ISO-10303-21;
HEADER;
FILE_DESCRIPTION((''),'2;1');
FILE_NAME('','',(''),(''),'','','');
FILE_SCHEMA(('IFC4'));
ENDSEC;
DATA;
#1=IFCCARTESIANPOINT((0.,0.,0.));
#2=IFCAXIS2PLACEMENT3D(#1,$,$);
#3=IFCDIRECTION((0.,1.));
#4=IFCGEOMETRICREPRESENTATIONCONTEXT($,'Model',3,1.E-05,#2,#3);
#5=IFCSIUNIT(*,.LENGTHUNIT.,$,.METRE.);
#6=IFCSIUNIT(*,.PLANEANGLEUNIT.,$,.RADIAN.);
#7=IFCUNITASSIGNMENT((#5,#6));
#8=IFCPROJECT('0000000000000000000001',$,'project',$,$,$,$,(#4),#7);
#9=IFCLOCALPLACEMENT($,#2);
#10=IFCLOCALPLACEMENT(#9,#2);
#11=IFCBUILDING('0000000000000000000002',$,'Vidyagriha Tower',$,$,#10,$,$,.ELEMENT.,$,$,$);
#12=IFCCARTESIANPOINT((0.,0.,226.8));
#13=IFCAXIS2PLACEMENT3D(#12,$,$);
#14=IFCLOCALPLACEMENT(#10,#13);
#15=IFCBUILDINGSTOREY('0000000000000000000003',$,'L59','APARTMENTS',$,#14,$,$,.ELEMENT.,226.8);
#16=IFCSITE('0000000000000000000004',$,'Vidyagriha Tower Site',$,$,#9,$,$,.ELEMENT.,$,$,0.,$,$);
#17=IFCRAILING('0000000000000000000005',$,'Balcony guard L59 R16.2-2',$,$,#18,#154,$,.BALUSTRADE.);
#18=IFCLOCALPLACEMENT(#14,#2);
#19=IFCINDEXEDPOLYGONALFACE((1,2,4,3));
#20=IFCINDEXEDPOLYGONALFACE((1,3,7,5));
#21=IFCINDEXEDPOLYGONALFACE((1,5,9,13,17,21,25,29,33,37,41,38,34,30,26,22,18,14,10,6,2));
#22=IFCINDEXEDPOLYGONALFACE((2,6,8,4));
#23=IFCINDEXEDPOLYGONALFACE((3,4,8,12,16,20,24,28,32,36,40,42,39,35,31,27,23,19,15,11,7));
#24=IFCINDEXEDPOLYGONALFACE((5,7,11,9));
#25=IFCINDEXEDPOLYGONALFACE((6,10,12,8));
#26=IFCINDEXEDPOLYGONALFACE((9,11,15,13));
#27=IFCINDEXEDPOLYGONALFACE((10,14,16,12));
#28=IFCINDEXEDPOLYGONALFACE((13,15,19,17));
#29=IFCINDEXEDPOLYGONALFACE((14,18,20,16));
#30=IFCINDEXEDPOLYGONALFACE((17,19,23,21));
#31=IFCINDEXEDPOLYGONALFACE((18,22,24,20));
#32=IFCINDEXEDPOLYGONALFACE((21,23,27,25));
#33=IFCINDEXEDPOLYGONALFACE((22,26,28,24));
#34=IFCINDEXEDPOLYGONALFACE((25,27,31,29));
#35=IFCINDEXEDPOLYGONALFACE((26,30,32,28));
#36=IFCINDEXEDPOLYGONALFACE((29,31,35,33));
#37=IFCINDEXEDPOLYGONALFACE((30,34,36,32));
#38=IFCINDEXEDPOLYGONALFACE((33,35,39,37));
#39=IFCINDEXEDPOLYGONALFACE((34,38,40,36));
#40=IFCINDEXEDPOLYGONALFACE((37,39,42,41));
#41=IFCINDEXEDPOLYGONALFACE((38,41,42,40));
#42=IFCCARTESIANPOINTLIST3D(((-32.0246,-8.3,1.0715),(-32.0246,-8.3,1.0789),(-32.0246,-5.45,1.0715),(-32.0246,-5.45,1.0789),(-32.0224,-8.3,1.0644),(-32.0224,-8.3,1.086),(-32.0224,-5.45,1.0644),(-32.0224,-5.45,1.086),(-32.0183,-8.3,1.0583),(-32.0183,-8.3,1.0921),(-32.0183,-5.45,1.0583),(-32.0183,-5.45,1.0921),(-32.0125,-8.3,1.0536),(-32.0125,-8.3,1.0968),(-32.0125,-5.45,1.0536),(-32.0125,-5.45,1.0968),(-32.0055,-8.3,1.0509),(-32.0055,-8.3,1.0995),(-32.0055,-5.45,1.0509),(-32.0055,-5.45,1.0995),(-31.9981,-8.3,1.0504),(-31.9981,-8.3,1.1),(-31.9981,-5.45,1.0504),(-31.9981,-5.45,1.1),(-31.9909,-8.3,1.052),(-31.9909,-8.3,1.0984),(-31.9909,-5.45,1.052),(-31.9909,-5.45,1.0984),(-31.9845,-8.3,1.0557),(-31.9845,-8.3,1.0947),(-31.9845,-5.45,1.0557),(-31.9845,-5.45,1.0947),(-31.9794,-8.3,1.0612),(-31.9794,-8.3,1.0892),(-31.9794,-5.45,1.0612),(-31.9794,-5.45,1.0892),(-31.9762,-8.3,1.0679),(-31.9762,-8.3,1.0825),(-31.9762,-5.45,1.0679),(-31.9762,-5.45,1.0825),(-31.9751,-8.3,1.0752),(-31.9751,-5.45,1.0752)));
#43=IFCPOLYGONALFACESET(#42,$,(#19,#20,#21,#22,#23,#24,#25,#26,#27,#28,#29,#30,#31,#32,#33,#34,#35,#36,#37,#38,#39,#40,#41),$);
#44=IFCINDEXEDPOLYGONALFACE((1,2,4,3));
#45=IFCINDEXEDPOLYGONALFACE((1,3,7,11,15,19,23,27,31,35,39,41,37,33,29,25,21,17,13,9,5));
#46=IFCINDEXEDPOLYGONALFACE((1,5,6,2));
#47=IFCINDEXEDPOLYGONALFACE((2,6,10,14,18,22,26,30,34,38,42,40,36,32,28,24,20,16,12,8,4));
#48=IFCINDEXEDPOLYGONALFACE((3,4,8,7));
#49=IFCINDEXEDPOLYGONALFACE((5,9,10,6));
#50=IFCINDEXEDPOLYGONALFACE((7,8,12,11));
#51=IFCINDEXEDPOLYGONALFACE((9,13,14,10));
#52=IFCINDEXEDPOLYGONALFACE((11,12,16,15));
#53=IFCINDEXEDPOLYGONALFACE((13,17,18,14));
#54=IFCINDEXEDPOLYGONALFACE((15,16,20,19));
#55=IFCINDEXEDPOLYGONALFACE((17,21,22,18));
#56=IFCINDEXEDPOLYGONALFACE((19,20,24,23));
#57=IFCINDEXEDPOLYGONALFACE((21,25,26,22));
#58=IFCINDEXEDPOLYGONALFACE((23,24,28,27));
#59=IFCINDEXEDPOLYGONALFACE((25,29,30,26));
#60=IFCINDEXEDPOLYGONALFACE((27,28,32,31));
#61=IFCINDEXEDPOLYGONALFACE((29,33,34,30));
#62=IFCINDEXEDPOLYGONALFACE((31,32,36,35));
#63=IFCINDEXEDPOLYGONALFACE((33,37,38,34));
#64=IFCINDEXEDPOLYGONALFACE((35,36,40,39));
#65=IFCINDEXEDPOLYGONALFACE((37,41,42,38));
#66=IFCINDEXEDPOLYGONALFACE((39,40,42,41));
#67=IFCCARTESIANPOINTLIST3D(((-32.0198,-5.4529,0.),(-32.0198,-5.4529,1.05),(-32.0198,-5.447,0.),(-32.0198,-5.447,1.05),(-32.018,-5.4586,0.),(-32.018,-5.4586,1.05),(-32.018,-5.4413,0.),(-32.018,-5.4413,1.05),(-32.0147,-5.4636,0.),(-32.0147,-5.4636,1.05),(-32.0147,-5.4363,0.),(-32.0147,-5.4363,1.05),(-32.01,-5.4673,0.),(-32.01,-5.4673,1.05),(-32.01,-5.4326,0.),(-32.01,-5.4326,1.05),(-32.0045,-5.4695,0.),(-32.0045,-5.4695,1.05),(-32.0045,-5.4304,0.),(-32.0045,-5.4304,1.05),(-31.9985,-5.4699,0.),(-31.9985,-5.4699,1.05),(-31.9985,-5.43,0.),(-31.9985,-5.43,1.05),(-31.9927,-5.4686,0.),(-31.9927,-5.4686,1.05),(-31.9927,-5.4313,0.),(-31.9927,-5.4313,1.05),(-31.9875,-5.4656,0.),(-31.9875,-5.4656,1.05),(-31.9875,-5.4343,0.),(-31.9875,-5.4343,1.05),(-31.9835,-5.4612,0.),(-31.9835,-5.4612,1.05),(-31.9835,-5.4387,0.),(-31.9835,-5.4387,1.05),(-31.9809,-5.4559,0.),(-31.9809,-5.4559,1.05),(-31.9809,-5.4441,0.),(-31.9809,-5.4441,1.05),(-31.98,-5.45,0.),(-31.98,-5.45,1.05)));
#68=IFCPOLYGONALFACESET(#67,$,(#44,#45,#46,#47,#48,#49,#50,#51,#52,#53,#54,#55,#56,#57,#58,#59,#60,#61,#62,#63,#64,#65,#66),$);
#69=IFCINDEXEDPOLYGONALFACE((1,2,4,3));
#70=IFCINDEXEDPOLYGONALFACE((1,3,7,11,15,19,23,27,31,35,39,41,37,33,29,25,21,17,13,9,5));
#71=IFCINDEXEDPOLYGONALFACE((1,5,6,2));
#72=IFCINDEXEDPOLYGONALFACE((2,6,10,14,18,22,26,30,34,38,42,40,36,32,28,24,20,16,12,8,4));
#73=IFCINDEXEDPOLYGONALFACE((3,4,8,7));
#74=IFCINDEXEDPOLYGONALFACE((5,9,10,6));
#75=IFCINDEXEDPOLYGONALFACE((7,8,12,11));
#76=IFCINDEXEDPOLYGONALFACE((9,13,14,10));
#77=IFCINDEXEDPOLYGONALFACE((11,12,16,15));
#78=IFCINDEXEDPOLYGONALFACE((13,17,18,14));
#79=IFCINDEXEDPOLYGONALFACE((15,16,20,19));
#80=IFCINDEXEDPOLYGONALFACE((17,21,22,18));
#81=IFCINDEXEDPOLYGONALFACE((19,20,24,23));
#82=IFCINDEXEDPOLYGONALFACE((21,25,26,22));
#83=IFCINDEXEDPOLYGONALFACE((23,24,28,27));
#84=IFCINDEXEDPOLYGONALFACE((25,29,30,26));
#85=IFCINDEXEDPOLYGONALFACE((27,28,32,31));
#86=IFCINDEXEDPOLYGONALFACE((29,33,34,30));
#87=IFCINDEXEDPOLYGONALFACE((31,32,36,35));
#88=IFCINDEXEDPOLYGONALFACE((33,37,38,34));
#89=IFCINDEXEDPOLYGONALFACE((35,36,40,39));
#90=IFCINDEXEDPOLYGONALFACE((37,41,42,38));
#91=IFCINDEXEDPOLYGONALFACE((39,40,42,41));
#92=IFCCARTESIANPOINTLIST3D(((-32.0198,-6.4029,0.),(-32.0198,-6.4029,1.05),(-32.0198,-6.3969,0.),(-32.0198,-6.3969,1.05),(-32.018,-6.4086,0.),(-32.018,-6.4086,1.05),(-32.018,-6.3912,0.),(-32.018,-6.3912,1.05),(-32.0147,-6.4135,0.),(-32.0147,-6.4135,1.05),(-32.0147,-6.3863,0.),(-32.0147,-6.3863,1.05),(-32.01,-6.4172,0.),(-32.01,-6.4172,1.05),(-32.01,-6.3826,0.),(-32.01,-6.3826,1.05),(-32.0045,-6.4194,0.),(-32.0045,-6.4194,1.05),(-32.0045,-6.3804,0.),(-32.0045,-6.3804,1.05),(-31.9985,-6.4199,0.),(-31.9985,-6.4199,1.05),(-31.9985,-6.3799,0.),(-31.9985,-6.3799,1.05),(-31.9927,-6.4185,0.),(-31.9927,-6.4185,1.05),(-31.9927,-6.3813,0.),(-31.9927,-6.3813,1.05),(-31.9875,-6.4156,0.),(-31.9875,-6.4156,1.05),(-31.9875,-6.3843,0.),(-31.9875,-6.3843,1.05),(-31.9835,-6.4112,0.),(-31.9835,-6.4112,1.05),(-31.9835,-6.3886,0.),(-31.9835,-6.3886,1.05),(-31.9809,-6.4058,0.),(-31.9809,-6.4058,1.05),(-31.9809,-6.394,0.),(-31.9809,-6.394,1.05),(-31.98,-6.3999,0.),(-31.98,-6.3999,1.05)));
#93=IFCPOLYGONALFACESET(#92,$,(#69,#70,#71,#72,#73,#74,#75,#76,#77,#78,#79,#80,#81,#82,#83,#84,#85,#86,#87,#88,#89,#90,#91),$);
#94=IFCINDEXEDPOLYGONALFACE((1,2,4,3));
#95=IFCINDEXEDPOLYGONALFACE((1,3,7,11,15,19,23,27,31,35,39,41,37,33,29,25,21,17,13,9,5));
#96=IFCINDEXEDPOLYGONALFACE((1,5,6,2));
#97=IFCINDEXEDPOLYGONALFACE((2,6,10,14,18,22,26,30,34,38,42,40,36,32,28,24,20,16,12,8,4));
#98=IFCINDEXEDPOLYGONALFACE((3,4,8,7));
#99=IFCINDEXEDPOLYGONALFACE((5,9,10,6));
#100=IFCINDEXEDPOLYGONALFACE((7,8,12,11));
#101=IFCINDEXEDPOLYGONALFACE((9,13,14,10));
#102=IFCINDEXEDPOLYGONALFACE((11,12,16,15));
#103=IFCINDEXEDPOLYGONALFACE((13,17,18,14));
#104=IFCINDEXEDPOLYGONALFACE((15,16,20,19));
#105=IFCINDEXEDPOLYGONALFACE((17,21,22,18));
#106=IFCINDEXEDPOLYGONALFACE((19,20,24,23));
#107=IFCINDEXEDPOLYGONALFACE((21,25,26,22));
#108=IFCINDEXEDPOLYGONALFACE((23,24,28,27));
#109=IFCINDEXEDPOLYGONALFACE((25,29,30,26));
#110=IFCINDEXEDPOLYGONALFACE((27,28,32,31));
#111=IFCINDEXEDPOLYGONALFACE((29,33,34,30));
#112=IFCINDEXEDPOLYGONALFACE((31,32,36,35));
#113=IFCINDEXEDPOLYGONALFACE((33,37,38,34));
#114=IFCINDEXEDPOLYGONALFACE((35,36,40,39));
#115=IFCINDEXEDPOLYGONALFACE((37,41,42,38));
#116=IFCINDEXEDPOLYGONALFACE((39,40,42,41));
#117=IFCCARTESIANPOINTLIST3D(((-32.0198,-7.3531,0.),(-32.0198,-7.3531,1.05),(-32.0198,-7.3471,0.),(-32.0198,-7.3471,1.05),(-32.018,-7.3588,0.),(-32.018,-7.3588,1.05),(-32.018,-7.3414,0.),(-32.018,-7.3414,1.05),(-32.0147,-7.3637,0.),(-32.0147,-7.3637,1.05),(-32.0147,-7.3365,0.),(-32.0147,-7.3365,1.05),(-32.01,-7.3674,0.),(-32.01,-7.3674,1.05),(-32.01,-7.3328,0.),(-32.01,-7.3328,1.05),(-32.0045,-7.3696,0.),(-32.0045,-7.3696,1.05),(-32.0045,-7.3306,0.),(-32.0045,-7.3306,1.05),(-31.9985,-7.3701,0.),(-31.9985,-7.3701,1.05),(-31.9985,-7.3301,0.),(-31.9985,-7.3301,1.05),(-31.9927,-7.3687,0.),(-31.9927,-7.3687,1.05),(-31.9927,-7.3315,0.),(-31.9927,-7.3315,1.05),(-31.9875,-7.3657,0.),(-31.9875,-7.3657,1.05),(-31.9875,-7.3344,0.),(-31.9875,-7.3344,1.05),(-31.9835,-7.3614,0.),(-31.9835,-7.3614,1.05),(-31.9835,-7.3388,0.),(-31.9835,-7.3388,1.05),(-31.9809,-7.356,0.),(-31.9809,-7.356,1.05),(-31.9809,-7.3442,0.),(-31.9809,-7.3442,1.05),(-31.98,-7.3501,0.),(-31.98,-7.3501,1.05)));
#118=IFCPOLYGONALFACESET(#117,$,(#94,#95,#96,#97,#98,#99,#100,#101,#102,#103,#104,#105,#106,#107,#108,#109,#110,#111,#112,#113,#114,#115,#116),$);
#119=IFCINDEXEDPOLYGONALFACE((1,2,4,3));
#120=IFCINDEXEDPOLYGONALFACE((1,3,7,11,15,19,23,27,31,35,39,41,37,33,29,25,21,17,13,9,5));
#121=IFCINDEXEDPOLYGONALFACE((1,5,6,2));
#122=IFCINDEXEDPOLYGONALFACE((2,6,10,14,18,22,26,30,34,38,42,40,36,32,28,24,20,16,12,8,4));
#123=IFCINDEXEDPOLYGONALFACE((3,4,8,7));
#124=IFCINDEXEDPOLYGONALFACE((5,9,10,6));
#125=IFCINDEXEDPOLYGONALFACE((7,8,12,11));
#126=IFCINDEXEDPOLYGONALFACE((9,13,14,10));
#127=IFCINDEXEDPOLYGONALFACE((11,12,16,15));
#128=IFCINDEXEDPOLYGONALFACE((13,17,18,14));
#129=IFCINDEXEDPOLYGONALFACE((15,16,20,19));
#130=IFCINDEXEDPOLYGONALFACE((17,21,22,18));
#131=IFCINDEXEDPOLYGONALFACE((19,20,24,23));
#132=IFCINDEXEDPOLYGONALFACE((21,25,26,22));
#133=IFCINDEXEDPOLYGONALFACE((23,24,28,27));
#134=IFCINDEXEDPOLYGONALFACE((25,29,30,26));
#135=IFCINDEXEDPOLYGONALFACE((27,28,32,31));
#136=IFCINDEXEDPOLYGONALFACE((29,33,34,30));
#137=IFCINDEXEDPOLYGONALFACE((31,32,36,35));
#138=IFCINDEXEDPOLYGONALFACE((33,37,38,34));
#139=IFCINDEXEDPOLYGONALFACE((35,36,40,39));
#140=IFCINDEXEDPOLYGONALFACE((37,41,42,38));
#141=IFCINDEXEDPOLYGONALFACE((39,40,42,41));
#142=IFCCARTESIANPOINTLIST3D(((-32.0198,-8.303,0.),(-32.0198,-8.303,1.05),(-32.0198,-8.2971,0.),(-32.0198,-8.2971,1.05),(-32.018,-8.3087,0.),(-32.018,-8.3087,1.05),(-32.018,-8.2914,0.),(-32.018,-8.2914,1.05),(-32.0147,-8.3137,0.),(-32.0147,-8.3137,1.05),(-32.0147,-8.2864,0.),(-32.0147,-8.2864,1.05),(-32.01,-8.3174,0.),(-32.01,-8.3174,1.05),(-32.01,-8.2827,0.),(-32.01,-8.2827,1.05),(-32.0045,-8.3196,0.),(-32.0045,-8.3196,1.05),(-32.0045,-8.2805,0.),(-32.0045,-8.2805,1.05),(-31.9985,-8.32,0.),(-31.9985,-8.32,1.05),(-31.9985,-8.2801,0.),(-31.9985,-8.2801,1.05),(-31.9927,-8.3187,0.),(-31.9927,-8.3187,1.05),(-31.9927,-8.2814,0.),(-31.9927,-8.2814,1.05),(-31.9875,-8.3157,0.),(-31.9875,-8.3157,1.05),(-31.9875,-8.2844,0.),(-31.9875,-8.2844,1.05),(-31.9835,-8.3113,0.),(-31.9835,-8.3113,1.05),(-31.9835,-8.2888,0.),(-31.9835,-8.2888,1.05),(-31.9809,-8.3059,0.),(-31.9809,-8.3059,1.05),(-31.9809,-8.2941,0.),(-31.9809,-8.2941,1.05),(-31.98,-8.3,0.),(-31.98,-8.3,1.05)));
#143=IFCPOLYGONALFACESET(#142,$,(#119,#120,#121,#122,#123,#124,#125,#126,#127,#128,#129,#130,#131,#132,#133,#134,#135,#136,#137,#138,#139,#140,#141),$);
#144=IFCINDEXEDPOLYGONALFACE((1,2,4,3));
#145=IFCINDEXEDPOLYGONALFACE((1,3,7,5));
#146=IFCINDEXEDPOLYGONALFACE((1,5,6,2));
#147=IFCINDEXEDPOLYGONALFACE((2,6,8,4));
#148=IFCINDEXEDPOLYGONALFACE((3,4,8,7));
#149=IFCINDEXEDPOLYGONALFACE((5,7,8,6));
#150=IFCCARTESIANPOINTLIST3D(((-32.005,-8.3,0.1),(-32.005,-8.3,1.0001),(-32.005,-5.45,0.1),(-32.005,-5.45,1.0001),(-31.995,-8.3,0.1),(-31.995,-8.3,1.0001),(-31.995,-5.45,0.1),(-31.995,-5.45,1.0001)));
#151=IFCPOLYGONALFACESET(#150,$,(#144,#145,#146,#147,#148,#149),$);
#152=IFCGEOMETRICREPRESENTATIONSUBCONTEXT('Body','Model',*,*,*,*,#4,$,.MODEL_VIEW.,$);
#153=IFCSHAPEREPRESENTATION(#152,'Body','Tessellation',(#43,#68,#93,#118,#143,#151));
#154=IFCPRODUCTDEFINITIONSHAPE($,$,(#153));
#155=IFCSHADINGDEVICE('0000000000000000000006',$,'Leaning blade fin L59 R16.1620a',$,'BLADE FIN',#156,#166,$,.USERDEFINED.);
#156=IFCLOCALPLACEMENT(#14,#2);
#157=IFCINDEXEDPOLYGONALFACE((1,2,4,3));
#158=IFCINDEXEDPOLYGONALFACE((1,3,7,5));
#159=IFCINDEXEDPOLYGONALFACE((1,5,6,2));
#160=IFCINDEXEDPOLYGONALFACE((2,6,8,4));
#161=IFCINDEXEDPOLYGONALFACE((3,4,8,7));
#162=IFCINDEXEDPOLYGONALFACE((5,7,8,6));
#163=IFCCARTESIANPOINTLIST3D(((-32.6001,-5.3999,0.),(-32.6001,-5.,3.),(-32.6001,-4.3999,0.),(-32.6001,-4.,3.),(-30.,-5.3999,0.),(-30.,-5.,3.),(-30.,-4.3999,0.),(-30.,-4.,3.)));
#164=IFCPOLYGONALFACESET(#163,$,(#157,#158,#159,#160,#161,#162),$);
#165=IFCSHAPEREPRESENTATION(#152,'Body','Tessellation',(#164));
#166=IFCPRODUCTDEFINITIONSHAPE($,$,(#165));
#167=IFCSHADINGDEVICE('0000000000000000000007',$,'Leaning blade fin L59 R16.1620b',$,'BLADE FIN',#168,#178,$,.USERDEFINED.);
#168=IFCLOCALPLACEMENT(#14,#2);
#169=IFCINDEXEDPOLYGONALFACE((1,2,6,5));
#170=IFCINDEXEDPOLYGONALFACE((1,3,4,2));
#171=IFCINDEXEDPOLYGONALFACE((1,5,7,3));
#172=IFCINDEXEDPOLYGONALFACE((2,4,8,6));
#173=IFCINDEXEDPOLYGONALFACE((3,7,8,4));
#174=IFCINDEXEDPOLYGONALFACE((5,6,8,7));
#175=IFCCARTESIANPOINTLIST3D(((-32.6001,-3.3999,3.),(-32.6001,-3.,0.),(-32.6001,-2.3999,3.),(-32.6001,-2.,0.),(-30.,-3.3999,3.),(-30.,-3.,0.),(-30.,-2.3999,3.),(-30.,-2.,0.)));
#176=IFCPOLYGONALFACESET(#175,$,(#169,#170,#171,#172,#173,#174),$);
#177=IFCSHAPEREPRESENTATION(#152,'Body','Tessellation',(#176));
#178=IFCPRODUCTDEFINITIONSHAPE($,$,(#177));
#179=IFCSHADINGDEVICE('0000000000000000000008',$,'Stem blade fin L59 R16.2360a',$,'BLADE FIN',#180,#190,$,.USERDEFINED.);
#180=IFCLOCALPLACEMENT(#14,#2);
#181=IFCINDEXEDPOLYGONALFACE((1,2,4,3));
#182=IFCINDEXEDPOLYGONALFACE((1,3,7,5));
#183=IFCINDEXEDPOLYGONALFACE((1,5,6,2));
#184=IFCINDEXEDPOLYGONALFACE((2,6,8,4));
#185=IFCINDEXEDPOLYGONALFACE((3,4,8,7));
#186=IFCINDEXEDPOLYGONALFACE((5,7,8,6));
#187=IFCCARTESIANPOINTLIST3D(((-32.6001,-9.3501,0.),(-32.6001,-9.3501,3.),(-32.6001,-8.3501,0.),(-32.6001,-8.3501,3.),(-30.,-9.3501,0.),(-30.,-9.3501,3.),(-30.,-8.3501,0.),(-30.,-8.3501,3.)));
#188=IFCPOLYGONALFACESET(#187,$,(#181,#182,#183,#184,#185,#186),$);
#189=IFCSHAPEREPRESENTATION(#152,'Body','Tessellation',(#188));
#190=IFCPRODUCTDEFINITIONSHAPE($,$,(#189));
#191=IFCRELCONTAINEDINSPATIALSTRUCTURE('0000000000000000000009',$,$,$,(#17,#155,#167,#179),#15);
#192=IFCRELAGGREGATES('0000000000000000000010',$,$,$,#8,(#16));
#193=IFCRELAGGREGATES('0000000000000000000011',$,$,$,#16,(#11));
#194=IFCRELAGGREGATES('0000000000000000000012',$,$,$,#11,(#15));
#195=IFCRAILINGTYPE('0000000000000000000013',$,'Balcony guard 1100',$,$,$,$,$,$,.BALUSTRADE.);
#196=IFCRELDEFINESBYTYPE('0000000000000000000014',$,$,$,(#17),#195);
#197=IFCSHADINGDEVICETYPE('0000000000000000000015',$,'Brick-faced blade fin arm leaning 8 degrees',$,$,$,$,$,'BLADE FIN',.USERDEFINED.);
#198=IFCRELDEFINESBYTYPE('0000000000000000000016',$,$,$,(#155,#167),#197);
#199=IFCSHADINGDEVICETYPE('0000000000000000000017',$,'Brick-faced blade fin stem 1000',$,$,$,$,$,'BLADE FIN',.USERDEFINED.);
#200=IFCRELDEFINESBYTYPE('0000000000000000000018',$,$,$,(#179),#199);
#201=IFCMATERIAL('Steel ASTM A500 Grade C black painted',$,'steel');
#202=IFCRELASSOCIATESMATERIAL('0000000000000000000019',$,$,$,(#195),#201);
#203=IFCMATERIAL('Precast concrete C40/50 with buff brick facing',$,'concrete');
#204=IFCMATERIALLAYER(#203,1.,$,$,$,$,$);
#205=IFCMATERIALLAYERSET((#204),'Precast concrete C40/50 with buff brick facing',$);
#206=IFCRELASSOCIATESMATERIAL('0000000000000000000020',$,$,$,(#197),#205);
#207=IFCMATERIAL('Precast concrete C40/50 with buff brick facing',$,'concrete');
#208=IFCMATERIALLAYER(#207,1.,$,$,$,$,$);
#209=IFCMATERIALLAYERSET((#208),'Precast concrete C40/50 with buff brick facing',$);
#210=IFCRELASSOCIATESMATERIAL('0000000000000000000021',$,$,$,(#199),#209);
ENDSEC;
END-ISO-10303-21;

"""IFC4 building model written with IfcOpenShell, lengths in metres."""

from ifc_helpers import new_model, si_unit, direction, frame, origin, origin_2d, place, context, subcontext, project, spatial, polyline, rectangle, circle, outline, extrude, material, layer, layer_set, type_object, element, save


model = new_model("IFC4")

# Units and contexts
model_context = context("Model", 3, precision=1e-05, world=origin(), true_north=direction((0.0, 1.0)))
body_context = subcontext(model_context, "Body", "Model", "MODEL_VIEW")
ifc_project = project(units=[si_unit("LENGTHUNIT", "METRE"), si_unit("PLANEANGLEUNIT", "RADIAN")], contexts=[model_context])

# Site, building, storey
site_placement = place(None, origin())
site = spatial("IfcSite", under=ifc_project, at=site_placement, Name="Vidyagriha Tower Site", CompositionType="ELEMENT", RefElevation=0.0)
building_placement = place(site_placement, origin())
building = spatial("IfcBuilding", under=site, at=building_placement, Name="Vidyagriha Tower", CompositionType="ELEMENT")
storey_placement = place(building_placement, frame((0.0, 0.0, 226.8)))
storey = spatial("IfcBuildingStorey", under=building, at=storey_placement, Name="L59", Description="APARTMENTS", CompositionType="ELEMENT", Elevation=226.8)

# Railing
ifc_material_1 = material(Name="Steel ASTM A500 Grade C black painted", Category="steel")
railing_type_1 = type_object("IfcRailingType", Name="Balcony guard 1100", PredefinedType="BALUSTRADE", material=ifc_material_1)
railing_1_placement = place(storey_placement, frame((-32.0, -5.45, 0.0)))
element("IfcRailing", 1, at=railing_1_placement, inside=storey, type_object=railing_type_1, Name="Balcony guard L59 R16.2-2", PredefinedType="BALUSTRADE", context=body_context, shape_type="SweptSolid", body=[
    extrude(circle(Radius=0.0249, at=origin_2d()), frame((0.0, 0.0, 1.0752), z_axis=(0.0, -1.0, 0.0), x_axis=(1.0, 0.0, 0.0)), (0.0, 0.0, 1.0), 2.8501),
    extrude(circle(Radius=0.02, at=origin_2d()), origin(), (0.0, 0.0, 1.0), 1.05),
    extrude(circle(Radius=0.02, at=origin_2d()), frame((0.0, -0.95, 0.0)), (0.0, 0.0, 1.0), 1.05),
    extrude(circle(Radius=0.02, at=origin_2d()), frame((0.0, -1.9001, 0.0)), (0.0, 0.0, 1.0), 1.05),
    extrude(circle(Radius=0.02, at=origin_2d()), frame((0.0, -2.8501, 0.0)), (0.0, 0.0, 1.0), 1.05),
    extrude(rectangle(XDim=0.01, YDim=0.9001, at=origin_2d()), frame((0.0, 0.0, 0.55), z_axis=(0.0, -1.0, 0.0), x_axis=(1.0, 0.0, 0.0)), (0.0, 0.0, 1.0), 2.8501),
])

# Shading devices
ifc_material_2 = material(Name="Precast concrete C40/50 with buff brick facing", Category="concrete")
ifc_layer_1 = layer(ifc_material_2, 1.0)
ifc_layer_set_1 = layer_set([ifc_layer_1], Name="Precast concrete C40/50 with buff brick facing")
shading_device_type_1 = type_object("IfcShadingDeviceType", Name="Brick-faced blade fin arm leaning 8 degrees", ElementType="BLADE FIN", PredefinedType="USERDEFINED", material=ifc_layer_set_1)
shading_device_1_placement = place(storey_placement, frame((-31.3, -4.0, 0.0), z_axis=(0.0, 0.0, 1.0), x_axis=(0.0, -1.0, 0.0)))
element("IfcShadingDevice", 2, at=shading_device_1_placement, inside=storey, type_object=shading_device_type_1, Name="Leaning blade fin L59 R16.1620a", ObjectType="BLADE FIN", PredefinedType="USERDEFINED", context=body_context, shape_type="SweptSolid", body=[
    extrude(outline(polyline([(0.3999, 0.0), (1.3999, 0.0), (1.0, 3.0), (0.0, 3.0), (0.3999, 0.0)])), frame((0.0, 1.3, 0.0), z_axis=(0.0, -1.0, 0.0), x_axis=(1.0, 0.0, 0.0)), (0.0, 0.0, 1.0), 2.6001),
])
shading_device_2_placement = place(storey_placement, frame((-31.3, -2.0, 0.0), z_axis=(0.0, 0.0, 1.0), x_axis=(0.0, -1.0, 0.0)))
element("IfcShadingDevice", 3, at=shading_device_2_placement, inside=storey, type_object=shading_device_type_1, Name="Leaning blade fin L59 R16.1620b", ObjectType="BLADE FIN", PredefinedType="USERDEFINED", context=body_context, shape_type="SweptSolid", body=[
    extrude(outline(polyline([(0.0, 0.0), (1.0, 0.0), (1.3999, 3.0), (0.3999, 3.0), (0.0, 0.0)])), frame((0.0, 1.3, 0.0), z_axis=(0.0, -1.0, 0.0), x_axis=(1.0, 0.0, 0.0)), (0.0, 0.0, 1.0), 2.6001),
])
ifc_material_3 = material(Name="Precast concrete C40/50 with buff brick facing", Category="concrete")
ifc_layer_2 = layer(ifc_material_3, 1.0)
ifc_layer_set_2 = layer_set([ifc_layer_2], Name="Precast concrete C40/50 with buff brick facing")
shading_device_type_2 = type_object("IfcShadingDeviceType", Name="Brick-faced blade fin stem 1000", ElementType="BLADE FIN", PredefinedType="USERDEFINED", material=ifc_layer_set_2)
shading_device_3_placement = place(storey_placement, frame((-31.3, -8.3501, 0.0), z_axis=(0.0, 0.0, 1.0), x_axis=(0.0, -1.0, 0.0)))
element("IfcShadingDevice", 4, at=shading_device_3_placement, inside=storey, type_object=shading_device_type_2, Name="Stem blade fin L59 R16.2360a", ObjectType="BLADE FIN", PredefinedType="USERDEFINED", context=body_context, shape_type="SweptSolid", body=[
    extrude(outline(polyline([(0.0, 0.0), (1.0, 0.0), (1.0, 3.0), (0.0, 3.0), (0.0, 0.0)])), frame((0.0, 1.3, 0.0), z_axis=(0.0, -1.0, 0.0), x_axis=(1.0, 0.0, 0.0)), (0.0, 0.0, 1.0), 2.6001),
])

save(model, "model.ifc")
